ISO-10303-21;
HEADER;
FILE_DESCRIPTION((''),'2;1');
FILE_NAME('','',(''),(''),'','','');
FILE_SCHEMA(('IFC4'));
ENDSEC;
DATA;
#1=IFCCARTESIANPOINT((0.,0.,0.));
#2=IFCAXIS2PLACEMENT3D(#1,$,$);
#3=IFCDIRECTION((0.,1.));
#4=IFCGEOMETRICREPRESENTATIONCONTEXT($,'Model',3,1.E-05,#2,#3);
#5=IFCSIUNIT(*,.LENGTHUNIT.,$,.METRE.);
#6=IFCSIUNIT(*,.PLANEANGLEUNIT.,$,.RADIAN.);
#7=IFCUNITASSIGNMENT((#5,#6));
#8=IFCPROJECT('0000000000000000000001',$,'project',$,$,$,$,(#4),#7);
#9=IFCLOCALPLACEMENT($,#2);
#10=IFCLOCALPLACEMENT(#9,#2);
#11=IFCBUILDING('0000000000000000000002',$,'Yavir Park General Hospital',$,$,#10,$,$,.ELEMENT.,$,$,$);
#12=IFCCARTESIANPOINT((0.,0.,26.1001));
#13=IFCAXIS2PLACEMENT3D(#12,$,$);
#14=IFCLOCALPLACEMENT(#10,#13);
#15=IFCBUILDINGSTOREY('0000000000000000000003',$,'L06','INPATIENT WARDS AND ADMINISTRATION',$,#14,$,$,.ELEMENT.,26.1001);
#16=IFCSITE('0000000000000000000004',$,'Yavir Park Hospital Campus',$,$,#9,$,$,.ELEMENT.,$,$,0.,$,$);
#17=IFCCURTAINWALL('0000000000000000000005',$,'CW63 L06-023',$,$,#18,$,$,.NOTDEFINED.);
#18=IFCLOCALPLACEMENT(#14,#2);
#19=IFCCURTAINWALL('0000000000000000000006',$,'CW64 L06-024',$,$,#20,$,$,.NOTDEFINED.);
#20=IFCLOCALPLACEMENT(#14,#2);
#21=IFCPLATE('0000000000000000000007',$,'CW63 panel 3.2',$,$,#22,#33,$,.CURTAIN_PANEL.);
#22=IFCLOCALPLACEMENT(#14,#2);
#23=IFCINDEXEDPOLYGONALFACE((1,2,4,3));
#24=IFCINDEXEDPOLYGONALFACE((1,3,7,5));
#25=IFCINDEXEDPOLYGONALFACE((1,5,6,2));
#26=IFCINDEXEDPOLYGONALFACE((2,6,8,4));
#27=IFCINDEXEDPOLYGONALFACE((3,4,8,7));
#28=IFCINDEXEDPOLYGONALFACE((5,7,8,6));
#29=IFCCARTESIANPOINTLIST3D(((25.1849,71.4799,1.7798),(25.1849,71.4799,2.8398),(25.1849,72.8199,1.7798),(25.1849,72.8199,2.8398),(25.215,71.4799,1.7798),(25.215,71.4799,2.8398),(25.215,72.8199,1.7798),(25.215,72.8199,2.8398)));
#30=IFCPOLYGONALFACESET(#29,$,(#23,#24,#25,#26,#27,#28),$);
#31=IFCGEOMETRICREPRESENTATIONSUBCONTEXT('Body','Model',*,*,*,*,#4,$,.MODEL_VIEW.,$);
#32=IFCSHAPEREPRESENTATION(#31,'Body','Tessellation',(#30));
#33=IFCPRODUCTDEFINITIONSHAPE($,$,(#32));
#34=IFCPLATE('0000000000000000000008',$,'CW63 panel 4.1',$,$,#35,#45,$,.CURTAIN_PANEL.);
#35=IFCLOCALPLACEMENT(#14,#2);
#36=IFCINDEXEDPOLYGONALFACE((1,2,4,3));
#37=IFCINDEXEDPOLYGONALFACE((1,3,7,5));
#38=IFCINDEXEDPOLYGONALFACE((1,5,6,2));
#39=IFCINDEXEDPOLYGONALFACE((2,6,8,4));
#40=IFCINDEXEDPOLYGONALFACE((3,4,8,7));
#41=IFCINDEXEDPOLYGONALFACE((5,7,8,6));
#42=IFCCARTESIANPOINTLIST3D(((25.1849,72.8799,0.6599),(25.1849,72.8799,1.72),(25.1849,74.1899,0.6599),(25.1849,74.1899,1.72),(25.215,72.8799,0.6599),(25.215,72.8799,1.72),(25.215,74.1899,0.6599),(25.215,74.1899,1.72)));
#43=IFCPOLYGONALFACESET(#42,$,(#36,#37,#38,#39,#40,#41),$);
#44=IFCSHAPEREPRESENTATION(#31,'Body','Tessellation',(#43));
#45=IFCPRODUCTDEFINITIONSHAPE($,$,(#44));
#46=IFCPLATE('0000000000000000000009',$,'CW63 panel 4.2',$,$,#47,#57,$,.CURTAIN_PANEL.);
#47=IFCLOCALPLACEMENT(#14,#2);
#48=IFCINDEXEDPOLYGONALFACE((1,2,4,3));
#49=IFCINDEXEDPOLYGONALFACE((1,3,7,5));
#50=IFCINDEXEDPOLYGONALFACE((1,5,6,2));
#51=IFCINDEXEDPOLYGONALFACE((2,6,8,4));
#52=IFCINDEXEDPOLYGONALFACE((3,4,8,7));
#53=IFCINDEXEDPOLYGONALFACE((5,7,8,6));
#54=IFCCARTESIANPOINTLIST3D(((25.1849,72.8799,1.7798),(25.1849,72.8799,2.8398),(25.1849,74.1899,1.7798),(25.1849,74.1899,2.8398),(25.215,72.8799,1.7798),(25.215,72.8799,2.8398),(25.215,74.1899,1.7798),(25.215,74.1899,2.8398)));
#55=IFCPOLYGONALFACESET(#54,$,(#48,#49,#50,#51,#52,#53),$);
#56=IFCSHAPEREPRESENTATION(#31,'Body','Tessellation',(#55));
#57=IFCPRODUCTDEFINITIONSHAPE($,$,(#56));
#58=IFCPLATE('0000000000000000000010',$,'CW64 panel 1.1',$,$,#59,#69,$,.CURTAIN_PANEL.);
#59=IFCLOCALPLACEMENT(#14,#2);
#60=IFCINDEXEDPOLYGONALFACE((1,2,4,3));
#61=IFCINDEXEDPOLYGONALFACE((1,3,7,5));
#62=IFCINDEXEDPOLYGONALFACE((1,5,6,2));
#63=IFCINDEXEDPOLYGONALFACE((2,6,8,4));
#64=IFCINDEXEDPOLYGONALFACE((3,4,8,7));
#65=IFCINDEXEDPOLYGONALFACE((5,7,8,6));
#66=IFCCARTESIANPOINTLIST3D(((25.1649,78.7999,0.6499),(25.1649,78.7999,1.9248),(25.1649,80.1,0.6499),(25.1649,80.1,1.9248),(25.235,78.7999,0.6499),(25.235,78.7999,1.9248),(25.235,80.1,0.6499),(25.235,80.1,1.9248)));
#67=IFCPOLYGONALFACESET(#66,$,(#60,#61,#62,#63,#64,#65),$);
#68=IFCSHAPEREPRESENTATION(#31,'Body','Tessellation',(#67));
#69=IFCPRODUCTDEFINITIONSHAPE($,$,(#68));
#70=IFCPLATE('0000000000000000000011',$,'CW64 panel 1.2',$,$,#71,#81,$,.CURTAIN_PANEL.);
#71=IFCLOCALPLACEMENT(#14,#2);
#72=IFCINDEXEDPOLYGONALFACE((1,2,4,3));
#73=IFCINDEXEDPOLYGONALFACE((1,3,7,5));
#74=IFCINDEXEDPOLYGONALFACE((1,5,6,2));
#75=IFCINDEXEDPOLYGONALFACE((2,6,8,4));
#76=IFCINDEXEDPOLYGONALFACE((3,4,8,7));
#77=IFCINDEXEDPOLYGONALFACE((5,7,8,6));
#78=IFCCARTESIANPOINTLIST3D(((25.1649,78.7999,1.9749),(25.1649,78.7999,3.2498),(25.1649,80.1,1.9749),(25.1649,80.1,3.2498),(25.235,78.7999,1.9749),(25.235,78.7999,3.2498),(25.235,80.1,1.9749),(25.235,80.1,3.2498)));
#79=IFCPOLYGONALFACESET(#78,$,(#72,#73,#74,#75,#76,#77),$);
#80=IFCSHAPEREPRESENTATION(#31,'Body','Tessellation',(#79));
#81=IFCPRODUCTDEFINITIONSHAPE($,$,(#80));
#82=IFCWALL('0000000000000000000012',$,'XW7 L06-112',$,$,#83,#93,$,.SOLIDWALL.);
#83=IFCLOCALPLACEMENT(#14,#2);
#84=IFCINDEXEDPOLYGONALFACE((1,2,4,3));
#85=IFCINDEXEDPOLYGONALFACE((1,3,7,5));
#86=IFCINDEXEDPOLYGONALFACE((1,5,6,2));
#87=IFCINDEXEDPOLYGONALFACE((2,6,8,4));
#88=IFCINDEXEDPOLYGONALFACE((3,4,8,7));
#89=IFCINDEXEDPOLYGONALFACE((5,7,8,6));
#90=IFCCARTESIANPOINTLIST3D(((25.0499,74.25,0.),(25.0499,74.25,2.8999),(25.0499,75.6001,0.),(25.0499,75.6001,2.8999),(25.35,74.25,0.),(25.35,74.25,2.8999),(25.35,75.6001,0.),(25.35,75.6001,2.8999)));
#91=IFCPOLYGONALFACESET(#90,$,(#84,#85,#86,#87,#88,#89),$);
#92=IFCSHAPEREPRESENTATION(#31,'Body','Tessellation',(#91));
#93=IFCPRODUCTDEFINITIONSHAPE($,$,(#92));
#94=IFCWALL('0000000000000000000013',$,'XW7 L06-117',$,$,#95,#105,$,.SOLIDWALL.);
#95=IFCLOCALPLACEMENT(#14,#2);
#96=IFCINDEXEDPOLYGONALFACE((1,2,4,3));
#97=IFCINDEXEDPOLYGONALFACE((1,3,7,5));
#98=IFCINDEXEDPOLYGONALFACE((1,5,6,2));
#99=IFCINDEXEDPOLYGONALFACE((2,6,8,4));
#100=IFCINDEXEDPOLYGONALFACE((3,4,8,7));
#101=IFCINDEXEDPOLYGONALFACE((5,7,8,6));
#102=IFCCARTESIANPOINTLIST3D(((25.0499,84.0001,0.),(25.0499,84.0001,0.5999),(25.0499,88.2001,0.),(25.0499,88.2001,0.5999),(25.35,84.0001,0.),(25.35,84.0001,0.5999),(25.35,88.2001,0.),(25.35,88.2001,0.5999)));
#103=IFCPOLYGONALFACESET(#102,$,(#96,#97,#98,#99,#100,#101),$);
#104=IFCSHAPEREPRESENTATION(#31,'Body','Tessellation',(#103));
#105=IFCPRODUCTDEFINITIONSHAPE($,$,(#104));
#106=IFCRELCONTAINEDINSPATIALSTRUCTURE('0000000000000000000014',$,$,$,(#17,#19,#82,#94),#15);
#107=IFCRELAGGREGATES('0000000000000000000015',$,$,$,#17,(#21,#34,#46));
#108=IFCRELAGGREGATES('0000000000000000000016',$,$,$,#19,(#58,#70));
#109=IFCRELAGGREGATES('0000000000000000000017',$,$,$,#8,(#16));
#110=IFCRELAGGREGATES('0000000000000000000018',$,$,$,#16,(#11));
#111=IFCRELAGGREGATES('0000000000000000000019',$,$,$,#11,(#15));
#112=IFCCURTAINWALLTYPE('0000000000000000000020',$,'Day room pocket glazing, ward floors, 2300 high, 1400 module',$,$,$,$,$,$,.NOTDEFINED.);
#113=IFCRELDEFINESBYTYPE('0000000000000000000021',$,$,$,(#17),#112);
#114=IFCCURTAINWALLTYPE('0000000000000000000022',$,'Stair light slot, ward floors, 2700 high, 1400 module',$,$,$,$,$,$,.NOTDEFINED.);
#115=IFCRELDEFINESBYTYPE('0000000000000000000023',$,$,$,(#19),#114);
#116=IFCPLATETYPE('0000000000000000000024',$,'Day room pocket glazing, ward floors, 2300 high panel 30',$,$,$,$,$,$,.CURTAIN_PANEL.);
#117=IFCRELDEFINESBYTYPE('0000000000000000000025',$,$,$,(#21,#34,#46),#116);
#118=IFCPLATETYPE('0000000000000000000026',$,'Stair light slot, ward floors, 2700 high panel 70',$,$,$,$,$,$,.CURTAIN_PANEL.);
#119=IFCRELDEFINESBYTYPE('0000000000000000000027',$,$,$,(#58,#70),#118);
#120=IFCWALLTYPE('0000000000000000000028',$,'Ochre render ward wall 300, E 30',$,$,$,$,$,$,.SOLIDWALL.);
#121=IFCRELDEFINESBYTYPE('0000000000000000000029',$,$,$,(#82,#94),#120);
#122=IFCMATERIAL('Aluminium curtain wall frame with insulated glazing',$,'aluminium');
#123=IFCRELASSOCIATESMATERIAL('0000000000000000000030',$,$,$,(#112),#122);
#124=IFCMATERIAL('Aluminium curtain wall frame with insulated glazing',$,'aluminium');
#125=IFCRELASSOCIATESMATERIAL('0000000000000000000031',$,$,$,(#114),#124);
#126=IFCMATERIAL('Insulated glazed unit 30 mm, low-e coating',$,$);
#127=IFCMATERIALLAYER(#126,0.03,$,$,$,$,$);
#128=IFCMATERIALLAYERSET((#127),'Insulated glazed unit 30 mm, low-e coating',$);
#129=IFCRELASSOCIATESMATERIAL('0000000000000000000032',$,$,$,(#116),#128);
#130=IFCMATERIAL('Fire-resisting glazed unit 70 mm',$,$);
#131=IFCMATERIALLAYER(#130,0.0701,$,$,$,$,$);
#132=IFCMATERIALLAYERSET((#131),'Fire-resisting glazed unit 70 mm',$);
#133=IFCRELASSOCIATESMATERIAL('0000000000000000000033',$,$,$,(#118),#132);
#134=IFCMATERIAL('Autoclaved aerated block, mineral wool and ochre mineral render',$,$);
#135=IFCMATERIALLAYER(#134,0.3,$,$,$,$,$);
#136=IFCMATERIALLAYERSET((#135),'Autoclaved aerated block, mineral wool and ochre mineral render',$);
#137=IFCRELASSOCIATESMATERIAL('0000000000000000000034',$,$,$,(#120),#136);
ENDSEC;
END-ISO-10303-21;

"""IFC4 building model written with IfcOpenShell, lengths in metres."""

from ifc_helpers import new_model, si_unit, direction, frame, frame_2d, origin, origin_2d, place, context, subcontext, project, spatial, rectangle, extrude, material, layer, layer_set, type_object, element, aggregate, save


model = new_model("IFC4")

# Units and contexts
model_context = context("Model", 3, precision=1e-05, world=origin(), true_north=direction((0.0, 1.0)))
body_context = subcontext(model_context, "Body", "Model", "MODEL_VIEW")
ifc_project = project(units=[si_unit("LENGTHUNIT", "METRE"), si_unit("PLANEANGLEUNIT", "RADIAN")], contexts=[model_context])

# Site, building, storey
site_placement = place(None, origin())
site = spatial("IfcSite", under=ifc_project, at=site_placement, Name="Yavir Park Hospital Campus", CompositionType="ELEMENT", RefElevation=0.0)
building_placement = place(site_placement, origin())
building = spatial("IfcBuilding", under=site, at=building_placement, Name="Yavir Park General Hospital", CompositionType="ELEMENT")
storey_placement = place(building_placement, frame((0.0, 0.0, 26.1001)))
storey = spatial("IfcBuildingStorey", under=building, at=storey_placement, Name="L06", Description="INPATIENT WARDS AND ADMINISTRATION", CompositionType="ELEMENT", Elevation=26.1001)

# Curtain wall
ifc_material_1 = material(Name="Aluminium curtain wall frame with insulated glazing", Category="aluminium")
curtain_wall_type_1 = type_object("IfcCurtainWallType", Name="Day room pocket glazing, ward floors, 2300 high, 1400 module", PredefinedType="NOTDEFINED", material=ifc_material_1)
curtain_wall_1_placement = place(storey_placement, origin())
curtain_wall_1 = element("IfcCurtainWall", 1, at=curtain_wall_1_placement, inside=storey, type_object=curtain_wall_type_1, Name="CW63 L06-023", PredefinedType="NOTDEFINED")

# Curtain wall
ifc_material_2 = material(Name="Aluminium curtain wall frame with insulated glazing", Category="aluminium")
curtain_wall_type_2 = type_object("IfcCurtainWallType", Name="Stair light slot, ward floors, 2700 high, 1400 module", PredefinedType="NOTDEFINED", material=ifc_material_2)
curtain_wall_2_placement = place(storey_placement, origin())
curtain_wall_2 = element("IfcCurtainWall", 2, at=curtain_wall_2_placement, inside=storey, type_object=curtain_wall_type_2, Name="CW64 L06-024", PredefinedType="NOTDEFINED")

# Plates
ifc_material_3 = material(Name="Insulated glazed unit 30 mm, low-e coating")
ifc_layer_1 = layer(ifc_material_3, 0.03)
ifc_layer_set_1 = layer_set([ifc_layer_1], Name="Insulated glazed unit 30 mm, low-e coating")
plate_type_1 = type_object("IfcPlateType", Name="Day room pocket glazing, ward floors, 2300 high panel 30", PredefinedType="CURTAIN_PANEL", material=ifc_layer_set_1)
plate_1_placement = place(storey_placement, frame((25.2, 72.1499, 1.7798), z_axis=(0.0, 0.0, 1.0), x_axis=(0.0, 1.0, 0.0)))
plate_1 = element("IfcPlate", 3, at=plate_1_placement, type_object=plate_type_1, Name="CW63 panel 3.2", PredefinedType="CURTAIN_PANEL", context=body_context, shape_type="SweptSolid", body=[
    extrude(rectangle(XDim=1.3401, YDim=0.03, at=origin_2d()), origin(), (0.0, 0.0, 1.0), 1.0601),
])
plate_2_placement = place(storey_placement, frame((25.2, 73.5349, 0.6599), z_axis=(0.0, 0.0, 1.0), x_axis=(0.0, 1.0, 0.0)))
plate_2 = element("IfcPlate", 4, at=plate_2_placement, type_object=plate_type_1, Name="CW63 panel 4.1", PredefinedType="CURTAIN_PANEL", context=body_context, shape_type="SweptSolid", body=[
    extrude(rectangle(XDim=1.3101, YDim=0.03, at=origin_2d()), origin(), (0.0, 0.0, 1.0), 1.0601),
])
plate_3_placement = place(storey_placement, frame((25.2, 73.5349, 1.7798), z_axis=(0.0, 0.0, 1.0), x_axis=(0.0, 1.0, 0.0)))
plate_3 = element("IfcPlate", 5, at=plate_3_placement, type_object=plate_type_1, Name="CW63 panel 4.2", PredefinedType="CURTAIN_PANEL", context=body_context, shape_type="SweptSolid", body=[
    extrude(rectangle(XDim=1.3101, YDim=0.03, at=origin_2d()), origin(), (0.0, 0.0, 1.0), 1.0601),
])
aggregate(curtain_wall_1, [plate_1, plate_2, plate_3])
ifc_material_4 = material(Name="Fire-resisting glazed unit 70 mm")
ifc_layer_2 = layer(ifc_material_4, 0.0701)
ifc_layer_set_2 = layer_set([ifc_layer_2], Name="Fire-resisting glazed unit 70 mm")
plate_type_2 = type_object("IfcPlateType", Name="Stair light slot, ward floors, 2700 high panel 70", PredefinedType="CURTAIN_PANEL", material=ifc_layer_set_2)
plate_4_placement = place(storey_placement, frame((25.2, 79.45, 0.6499), z_axis=(0.0, 0.0, 1.0), x_axis=(0.0, 1.0, 0.0)))
plate_4 = element("IfcPlate", 6, at=plate_4_placement, type_object=plate_type_2, Name="CW64 panel 1.1", PredefinedType="CURTAIN_PANEL", context=body_context, shape_type="SweptSolid", body=[
    extrude(rectangle(XDim=1.3, YDim=0.0701, at=origin_2d()), origin(), (0.0, 0.0, 1.0), 1.2749),
])
plate_5_placement = place(storey_placement, frame((25.2, 79.45, 1.9749), z_axis=(0.0, 0.0, 1.0), x_axis=(0.0, 1.0, 0.0)))
plate_5 = element("IfcPlate", 7, at=plate_5_placement, type_object=plate_type_2, Name="CW64 panel 1.2", PredefinedType="CURTAIN_PANEL", context=body_context, shape_type="SweptSolid", body=[
    extrude(rectangle(XDim=1.3, YDim=0.0701, at=origin_2d()), origin(), (0.0, 0.0, 1.0), 1.2749),
])
aggregate(curtain_wall_2, [plate_4, plate_5])

# Walls
ifc_material_5 = material(Name="Autoclaved aerated block, mineral wool and ochre mineral render")
ifc_layer_3 = layer(ifc_material_5, 0.3)
ifc_layer_set_3 = layer_set([ifc_layer_3], Name="Autoclaved aerated block, mineral wool and ochre mineral render")
wall_type = type_object("IfcWallType", Name="Ochre render ward wall 300, E 30", PredefinedType="SOLIDWALL", material=ifc_layer_set_3)
wall_1_placement = place(storey_placement, frame((25.2, 74.25, 0.0), z_axis=(0.0, 0.0, 1.0), x_axis=(0.0, 1.0, 0.0)))
element("IfcWall", 8, at=wall_1_placement, inside=storey, type_object=wall_type, Name="XW7 L06-112", PredefinedType="SOLIDWALL", context=body_context, shape_type="SweptSolid", body=[
    extrude(rectangle(XDim=1.3501, YDim=0.3, at=frame_2d((0.675, 0.0))), origin(), (0.0, 0.0, 1.0), 2.8999),
])
wall_2_placement = place(storey_placement, frame((25.2, 84.0, 0.0), z_axis=(0.0, 0.0, 1.0), x_axis=(0.0, 1.0, 0.0)))
element("IfcWall", 9, at=wall_2_placement, inside=storey, type_object=wall_type, Name="XW7 L06-117", PredefinedType="SOLIDWALL", context=body_context, shape_type="SweptSolid", body=[
    extrude(rectangle(XDim=4.2, YDim=0.3, at=frame_2d((2.1001, 0.0))), origin(), (0.0, 0.0, 1.0), 0.5999),
])

save(model, "model.ifc")
